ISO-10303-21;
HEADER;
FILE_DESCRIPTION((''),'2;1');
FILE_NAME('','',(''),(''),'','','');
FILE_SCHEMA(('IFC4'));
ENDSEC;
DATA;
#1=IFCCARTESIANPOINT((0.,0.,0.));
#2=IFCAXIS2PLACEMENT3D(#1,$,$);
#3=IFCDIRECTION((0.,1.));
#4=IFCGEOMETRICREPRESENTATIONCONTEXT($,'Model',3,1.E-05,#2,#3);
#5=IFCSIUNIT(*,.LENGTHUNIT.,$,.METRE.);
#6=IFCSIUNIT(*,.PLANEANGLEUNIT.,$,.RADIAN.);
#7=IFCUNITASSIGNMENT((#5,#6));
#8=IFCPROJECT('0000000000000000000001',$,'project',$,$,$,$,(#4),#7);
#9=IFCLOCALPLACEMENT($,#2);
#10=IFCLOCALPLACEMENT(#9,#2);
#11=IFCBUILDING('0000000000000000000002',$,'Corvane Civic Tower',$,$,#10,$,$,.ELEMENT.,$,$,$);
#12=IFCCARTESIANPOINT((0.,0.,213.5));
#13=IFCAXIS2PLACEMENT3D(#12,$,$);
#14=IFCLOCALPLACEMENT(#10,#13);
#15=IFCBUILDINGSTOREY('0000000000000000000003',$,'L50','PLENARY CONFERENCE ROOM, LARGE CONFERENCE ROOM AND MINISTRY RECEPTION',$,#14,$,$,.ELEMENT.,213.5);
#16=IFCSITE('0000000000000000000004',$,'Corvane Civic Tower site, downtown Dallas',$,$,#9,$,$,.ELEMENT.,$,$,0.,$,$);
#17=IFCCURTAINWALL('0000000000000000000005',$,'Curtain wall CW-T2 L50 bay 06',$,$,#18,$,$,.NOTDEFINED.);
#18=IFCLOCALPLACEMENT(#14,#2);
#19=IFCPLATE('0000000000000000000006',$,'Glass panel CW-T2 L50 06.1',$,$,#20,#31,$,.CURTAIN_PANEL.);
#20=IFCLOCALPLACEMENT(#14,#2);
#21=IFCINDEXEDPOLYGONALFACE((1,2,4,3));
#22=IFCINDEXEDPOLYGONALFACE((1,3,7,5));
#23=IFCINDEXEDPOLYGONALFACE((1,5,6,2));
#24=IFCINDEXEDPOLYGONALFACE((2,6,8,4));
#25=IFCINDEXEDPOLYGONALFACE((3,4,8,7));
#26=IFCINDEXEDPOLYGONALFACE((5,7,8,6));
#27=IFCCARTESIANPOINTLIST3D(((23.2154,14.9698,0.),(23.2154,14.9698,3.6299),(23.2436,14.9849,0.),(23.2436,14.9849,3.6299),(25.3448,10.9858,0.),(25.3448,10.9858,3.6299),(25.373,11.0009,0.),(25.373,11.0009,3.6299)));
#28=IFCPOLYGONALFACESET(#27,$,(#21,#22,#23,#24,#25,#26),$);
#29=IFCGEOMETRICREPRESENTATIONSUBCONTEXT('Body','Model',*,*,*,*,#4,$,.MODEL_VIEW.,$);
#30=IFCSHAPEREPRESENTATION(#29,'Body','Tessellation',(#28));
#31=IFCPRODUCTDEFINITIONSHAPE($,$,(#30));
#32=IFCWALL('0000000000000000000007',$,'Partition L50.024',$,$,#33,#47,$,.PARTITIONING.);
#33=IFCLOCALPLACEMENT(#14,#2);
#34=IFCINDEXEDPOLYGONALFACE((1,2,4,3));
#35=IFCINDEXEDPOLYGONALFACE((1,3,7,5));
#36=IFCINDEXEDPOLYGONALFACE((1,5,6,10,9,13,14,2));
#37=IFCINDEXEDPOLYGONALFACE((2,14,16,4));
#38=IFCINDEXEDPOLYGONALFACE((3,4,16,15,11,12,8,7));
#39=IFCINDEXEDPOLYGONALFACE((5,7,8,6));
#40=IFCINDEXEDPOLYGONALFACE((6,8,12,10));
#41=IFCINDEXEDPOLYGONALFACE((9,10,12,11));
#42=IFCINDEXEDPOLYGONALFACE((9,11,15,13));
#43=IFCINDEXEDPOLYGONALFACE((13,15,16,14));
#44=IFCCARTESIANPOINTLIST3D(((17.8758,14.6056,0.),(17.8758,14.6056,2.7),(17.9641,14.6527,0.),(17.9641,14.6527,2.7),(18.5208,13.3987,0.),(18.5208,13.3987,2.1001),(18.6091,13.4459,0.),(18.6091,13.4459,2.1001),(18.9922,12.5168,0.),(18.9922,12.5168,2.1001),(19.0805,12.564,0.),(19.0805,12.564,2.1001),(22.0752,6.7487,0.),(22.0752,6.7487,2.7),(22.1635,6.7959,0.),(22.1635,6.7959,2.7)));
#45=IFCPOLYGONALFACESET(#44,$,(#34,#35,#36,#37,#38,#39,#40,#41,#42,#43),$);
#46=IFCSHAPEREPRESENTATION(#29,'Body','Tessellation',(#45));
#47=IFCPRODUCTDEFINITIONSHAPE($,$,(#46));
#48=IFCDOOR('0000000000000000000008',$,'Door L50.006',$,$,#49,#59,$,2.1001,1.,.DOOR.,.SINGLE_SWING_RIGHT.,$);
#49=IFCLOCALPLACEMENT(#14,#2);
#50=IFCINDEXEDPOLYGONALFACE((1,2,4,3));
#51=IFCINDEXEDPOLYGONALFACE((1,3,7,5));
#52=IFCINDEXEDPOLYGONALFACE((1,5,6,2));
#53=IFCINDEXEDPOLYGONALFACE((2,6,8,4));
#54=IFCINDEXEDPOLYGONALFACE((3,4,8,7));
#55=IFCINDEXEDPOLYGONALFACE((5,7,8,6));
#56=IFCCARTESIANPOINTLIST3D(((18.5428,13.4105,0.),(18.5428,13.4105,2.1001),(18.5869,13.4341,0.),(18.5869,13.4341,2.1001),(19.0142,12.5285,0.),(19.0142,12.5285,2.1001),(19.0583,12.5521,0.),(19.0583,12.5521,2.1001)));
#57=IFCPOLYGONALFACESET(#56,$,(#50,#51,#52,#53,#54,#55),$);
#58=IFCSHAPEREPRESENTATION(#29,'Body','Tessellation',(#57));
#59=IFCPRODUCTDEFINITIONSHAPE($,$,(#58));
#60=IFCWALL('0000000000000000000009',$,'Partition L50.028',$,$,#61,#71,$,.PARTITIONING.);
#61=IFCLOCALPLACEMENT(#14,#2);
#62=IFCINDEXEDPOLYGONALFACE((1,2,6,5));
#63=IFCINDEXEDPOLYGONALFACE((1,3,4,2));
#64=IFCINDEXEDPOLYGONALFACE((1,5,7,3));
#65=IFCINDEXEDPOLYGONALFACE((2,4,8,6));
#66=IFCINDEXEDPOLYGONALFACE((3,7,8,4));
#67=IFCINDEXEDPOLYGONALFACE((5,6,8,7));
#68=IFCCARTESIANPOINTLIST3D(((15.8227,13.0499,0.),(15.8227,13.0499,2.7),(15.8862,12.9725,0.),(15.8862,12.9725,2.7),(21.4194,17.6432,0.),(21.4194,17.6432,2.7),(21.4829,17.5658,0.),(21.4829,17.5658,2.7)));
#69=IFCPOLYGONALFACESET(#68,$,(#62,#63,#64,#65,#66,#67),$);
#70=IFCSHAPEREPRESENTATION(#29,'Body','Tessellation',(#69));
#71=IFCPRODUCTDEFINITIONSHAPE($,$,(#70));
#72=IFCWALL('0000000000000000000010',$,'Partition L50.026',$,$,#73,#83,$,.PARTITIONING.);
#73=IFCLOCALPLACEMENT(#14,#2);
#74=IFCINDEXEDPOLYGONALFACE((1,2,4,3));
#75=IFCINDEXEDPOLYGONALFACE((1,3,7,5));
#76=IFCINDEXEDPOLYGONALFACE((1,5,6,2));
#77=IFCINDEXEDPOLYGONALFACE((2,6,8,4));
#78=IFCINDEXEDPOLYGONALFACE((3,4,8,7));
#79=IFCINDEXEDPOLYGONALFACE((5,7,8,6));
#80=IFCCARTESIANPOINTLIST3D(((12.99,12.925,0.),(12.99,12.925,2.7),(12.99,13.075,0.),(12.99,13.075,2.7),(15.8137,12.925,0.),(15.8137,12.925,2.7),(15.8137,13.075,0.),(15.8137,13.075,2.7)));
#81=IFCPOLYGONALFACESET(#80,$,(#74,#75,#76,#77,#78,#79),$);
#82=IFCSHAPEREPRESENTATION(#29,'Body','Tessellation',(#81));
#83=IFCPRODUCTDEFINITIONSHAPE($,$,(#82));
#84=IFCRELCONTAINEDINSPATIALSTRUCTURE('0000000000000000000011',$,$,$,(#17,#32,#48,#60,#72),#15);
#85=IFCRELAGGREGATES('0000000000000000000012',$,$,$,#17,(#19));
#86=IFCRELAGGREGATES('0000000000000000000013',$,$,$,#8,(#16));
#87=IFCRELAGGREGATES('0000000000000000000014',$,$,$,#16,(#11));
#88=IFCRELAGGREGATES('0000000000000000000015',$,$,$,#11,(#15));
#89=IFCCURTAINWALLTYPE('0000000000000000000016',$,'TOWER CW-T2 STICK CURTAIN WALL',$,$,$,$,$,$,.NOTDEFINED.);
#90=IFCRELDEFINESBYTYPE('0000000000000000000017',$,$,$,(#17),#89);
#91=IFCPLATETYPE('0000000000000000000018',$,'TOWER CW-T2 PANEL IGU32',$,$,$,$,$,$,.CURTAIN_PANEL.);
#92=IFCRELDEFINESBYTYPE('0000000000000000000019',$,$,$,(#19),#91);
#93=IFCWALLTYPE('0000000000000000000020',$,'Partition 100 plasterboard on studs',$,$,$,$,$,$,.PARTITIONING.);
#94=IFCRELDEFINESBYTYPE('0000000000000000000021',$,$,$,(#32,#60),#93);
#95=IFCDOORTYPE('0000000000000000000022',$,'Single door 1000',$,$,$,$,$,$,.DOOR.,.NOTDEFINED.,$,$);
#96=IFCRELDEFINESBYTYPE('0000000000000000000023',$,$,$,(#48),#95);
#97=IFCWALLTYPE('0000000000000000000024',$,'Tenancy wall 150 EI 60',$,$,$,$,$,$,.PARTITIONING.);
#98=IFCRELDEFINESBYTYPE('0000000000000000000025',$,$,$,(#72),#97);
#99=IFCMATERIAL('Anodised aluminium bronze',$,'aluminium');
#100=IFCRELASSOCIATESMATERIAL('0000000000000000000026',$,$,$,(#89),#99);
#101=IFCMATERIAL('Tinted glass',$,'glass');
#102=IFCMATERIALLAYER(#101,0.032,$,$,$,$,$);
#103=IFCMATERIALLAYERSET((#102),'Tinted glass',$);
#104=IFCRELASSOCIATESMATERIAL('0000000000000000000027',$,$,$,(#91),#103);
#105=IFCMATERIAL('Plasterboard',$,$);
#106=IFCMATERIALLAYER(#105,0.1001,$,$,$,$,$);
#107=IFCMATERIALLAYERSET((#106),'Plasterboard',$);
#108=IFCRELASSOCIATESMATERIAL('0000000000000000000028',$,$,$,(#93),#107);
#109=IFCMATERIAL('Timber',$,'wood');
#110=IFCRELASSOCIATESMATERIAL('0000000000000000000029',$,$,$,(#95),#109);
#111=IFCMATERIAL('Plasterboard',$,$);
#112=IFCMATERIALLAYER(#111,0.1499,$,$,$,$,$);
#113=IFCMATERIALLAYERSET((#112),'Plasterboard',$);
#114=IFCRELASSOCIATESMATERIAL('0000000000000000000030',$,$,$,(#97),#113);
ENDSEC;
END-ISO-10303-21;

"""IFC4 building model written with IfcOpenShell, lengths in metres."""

from ifc_helpers import new_model, si_unit, direction, frame, frame_2d, origin, origin_2d, place, context, subcontext, project, spatial, rectangle, extrude, material, layer, layer_set, type_object, element, fill, aggregate, save


model = new_model("IFC4")

# Units and contexts
model_context = context("Model", 3, precision=1e-05, world=origin(), true_north=direction((0.0, 1.0)))
body_context = subcontext(model_context, "Body", "Model", "MODEL_VIEW")
ifc_project = project(units=[si_unit("LENGTHUNIT", "METRE"), si_unit("PLANEANGLEUNIT", "RADIAN")], contexts=[model_context])

# Site, building, storey
site_placement = place(None, origin())
site = spatial("IfcSite", under=ifc_project, at=site_placement, Name="Corvane Civic Tower site, downtown Dallas", CompositionType="ELEMENT", RefElevation=0.0)
building_placement = place(site_placement, origin())
building = spatial("IfcBuilding", under=site, at=building_placement, Name="Corvane Civic Tower", CompositionType="ELEMENT")
storey_placement = place(building_placement, frame((0.0, 0.0, 213.5)))
storey = spatial("IfcBuildingStorey", under=building, at=storey_placement, Name="L50", Description="PLENARY CONFERENCE ROOM, LARGE CONFERENCE ROOM AND MINISTRY RECEPTION", CompositionType="ELEMENT", Elevation=213.5)

# Curtain wall
ifc_material_1 = material(Name="Anodised aluminium bronze", Category="aluminium")
curtain_wall_type = type_object("IfcCurtainWallType", Name="TOWER CW-T2 STICK CURTAIN WALL", PredefinedType="NOTDEFINED", material=ifc_material_1)
curtain_wall_1_placement = place(storey_placement, origin())
curtain_wall_1 = element("IfcCurtainWall", 1, at=curtain_wall_1_placement, inside=storey, type_object=curtain_wall_type, Name="Curtain wall CW-T2 L50 bay 06", PredefinedType="NOTDEFINED")

# Plate
ifc_material_2 = material(Name="Tinted glass", Category="glass")
ifc_layer_1 = layer(ifc_material_2, 0.032)
ifc_layer_set_1 = layer_set([ifc_layer_1], Name="Tinted glass")
plate_type = type_object("IfcPlateType", Name="TOWER CW-T2 PANEL IGU32", PredefinedType="CURTAIN_PANEL", material=ifc_layer_set_1)
plate_1_placement = place(storey_placement, frame((24.2942, 12.9854, 0.0), z_axis=(0.0, 0.0, 1.0), x_axis=(0.471398, -0.88192, 0.0)))
plate_1 = element("IfcPlate", 2, at=plate_1_placement, type_object=plate_type, Name="Glass panel CW-T2 L50 06.1", PredefinedType="CURTAIN_PANEL", context=body_context, shape_type="SweptSolid", body=[
    extrude(rectangle(XDim=4.5173, YDim=0.032, at=origin_2d()), origin(), (0.0, 0.0, 1.0), 3.6299),
])
aggregate(curtain_wall_1, [plate_1])

# Wall, opening, door
ifc_material_3 = material(Name="Plasterboard")
ifc_layer_2 = layer(ifc_material_3, 0.1001)
ifc_layer_set_2 = layer_set([ifc_layer_2], Name="Plasterboard")
wall_type_1 = type_object("IfcWallType", Name="Partition 100 plasterboard on studs", PredefinedType="PARTITIONING", material=ifc_layer_set_2)
wall_1_placement = place(storey_placement, frame((17.9199, 14.6292, 0.0), z_axis=(0.0, 0.0, 1.0), x_axis=(0.471383, -0.881929, 0.0)))
wall_1 = element("IfcWall", 3, at=wall_1_placement, inside=storey, type_object=wall_type_1, Name="Partition L50.024", PredefinedType="PARTITIONING", context=body_context, shape_type="SweptSolid", body=[
    extrude(rectangle(XDim=8.9087, YDim=0.1001, at=frame_2d((4.4543, 0.0))), origin(), (0.0, 0.0, 1.0), 2.7),
])
opening_placement = place(wall_1_placement, frame((1.3684, 0.0, 0.0)))
opening = element("IfcOpeningElement", 4, at=opening_placement, cuts=wall_1, PredefinedType="OPENING", context=body_context, shape_type="SweptSolid", body=[
    extrude(rectangle(XDim=1.0, YDim=2.1001, at=frame_2d((0.5, 1.05))), frame((0.0, 0.0601, 0.0), z_axis=(0.0, -1.0, 0.0), x_axis=(1.0, 0.0, 0.0)), (0.0, 0.0, 1.0), 0.1201),
])
ifc_material_4 = material(Name="Timber", Category="wood")
door_type = type_object("IfcDoorType", Name="Single door 1000", OperationType="NOTDEFINED", PredefinedType="DOOR", material=ifc_material_4)
door_placement = place(opening_placement, origin())
door = element("IfcDoor", 5, at=door_placement, inside=storey, type_object=door_type, Name="Door L50.006", OperationType="SINGLE_SWING_RIGHT", OverallHeight=2.1001, OverallWidth=1.0, PredefinedType="DOOR", context=body_context, shape_type="SweptSolid", body=[
    extrude(rectangle(XDim=1.0, YDim=2.1001, at=frame_2d((0.5, 1.05))), frame((0.0, 0.0249, 0.0), z_axis=(0.0, -1.0, 0.0), x_axis=(1.0, 0.0, 0.0)), (0.0, 0.0, 1.0), 0.05),
])
fill(opening, door)

# Walls
wall_2_placement = place(storey_placement, frame((15.8545, 13.0112, 0.0), z_axis=(0.0, 0.0, 1.0), x_axis=(0.772998, 0.634409, 0.0)))
element("IfcWall", 6, at=wall_2_placement, inside=storey, type_object=wall_type_1, Name="Partition L50.028", PredefinedType="PARTITIONING", context=body_context, shape_type="SweptSolid", body=[
    extrude(rectangle(XDim=7.2402, YDim=0.1001, at=frame_2d((3.6201, 0.0))), origin(), (0.0, 0.0, 1.0), 2.7),
])
ifc_material_5 = material(Name="Plasterboard")
ifc_layer_3 = layer(ifc_material_5, 0.1499)
ifc_layer_set_3 = layer_set([ifc_layer_3], Name="Plasterboard")
wall_type_2 = type_object("IfcWallType", Name="Tenancy wall 150 EI 60", PredefinedType="PARTITIONING", material=ifc_layer_set_3)
wall_3_placement = place(storey_placement, frame((12.99, 13.0, 0.0), z_axis=(0.0, 0.0, 1.0), x_axis=(1.0, 0.0, 0.0)))
element("IfcWall", 7, at=wall_3_placement, inside=storey, type_object=wall_type_2, Name="Partition L50.026", PredefinedType="PARTITIONING", context=body_context, shape_type="SweptSolid", body=[
    extrude(rectangle(XDim=2.8237, YDim=0.1499, at=frame_2d((1.4119, 0.0))), origin(), (0.0, 0.0, 1.0), 2.7),
])

save(model, "model.ifc")
